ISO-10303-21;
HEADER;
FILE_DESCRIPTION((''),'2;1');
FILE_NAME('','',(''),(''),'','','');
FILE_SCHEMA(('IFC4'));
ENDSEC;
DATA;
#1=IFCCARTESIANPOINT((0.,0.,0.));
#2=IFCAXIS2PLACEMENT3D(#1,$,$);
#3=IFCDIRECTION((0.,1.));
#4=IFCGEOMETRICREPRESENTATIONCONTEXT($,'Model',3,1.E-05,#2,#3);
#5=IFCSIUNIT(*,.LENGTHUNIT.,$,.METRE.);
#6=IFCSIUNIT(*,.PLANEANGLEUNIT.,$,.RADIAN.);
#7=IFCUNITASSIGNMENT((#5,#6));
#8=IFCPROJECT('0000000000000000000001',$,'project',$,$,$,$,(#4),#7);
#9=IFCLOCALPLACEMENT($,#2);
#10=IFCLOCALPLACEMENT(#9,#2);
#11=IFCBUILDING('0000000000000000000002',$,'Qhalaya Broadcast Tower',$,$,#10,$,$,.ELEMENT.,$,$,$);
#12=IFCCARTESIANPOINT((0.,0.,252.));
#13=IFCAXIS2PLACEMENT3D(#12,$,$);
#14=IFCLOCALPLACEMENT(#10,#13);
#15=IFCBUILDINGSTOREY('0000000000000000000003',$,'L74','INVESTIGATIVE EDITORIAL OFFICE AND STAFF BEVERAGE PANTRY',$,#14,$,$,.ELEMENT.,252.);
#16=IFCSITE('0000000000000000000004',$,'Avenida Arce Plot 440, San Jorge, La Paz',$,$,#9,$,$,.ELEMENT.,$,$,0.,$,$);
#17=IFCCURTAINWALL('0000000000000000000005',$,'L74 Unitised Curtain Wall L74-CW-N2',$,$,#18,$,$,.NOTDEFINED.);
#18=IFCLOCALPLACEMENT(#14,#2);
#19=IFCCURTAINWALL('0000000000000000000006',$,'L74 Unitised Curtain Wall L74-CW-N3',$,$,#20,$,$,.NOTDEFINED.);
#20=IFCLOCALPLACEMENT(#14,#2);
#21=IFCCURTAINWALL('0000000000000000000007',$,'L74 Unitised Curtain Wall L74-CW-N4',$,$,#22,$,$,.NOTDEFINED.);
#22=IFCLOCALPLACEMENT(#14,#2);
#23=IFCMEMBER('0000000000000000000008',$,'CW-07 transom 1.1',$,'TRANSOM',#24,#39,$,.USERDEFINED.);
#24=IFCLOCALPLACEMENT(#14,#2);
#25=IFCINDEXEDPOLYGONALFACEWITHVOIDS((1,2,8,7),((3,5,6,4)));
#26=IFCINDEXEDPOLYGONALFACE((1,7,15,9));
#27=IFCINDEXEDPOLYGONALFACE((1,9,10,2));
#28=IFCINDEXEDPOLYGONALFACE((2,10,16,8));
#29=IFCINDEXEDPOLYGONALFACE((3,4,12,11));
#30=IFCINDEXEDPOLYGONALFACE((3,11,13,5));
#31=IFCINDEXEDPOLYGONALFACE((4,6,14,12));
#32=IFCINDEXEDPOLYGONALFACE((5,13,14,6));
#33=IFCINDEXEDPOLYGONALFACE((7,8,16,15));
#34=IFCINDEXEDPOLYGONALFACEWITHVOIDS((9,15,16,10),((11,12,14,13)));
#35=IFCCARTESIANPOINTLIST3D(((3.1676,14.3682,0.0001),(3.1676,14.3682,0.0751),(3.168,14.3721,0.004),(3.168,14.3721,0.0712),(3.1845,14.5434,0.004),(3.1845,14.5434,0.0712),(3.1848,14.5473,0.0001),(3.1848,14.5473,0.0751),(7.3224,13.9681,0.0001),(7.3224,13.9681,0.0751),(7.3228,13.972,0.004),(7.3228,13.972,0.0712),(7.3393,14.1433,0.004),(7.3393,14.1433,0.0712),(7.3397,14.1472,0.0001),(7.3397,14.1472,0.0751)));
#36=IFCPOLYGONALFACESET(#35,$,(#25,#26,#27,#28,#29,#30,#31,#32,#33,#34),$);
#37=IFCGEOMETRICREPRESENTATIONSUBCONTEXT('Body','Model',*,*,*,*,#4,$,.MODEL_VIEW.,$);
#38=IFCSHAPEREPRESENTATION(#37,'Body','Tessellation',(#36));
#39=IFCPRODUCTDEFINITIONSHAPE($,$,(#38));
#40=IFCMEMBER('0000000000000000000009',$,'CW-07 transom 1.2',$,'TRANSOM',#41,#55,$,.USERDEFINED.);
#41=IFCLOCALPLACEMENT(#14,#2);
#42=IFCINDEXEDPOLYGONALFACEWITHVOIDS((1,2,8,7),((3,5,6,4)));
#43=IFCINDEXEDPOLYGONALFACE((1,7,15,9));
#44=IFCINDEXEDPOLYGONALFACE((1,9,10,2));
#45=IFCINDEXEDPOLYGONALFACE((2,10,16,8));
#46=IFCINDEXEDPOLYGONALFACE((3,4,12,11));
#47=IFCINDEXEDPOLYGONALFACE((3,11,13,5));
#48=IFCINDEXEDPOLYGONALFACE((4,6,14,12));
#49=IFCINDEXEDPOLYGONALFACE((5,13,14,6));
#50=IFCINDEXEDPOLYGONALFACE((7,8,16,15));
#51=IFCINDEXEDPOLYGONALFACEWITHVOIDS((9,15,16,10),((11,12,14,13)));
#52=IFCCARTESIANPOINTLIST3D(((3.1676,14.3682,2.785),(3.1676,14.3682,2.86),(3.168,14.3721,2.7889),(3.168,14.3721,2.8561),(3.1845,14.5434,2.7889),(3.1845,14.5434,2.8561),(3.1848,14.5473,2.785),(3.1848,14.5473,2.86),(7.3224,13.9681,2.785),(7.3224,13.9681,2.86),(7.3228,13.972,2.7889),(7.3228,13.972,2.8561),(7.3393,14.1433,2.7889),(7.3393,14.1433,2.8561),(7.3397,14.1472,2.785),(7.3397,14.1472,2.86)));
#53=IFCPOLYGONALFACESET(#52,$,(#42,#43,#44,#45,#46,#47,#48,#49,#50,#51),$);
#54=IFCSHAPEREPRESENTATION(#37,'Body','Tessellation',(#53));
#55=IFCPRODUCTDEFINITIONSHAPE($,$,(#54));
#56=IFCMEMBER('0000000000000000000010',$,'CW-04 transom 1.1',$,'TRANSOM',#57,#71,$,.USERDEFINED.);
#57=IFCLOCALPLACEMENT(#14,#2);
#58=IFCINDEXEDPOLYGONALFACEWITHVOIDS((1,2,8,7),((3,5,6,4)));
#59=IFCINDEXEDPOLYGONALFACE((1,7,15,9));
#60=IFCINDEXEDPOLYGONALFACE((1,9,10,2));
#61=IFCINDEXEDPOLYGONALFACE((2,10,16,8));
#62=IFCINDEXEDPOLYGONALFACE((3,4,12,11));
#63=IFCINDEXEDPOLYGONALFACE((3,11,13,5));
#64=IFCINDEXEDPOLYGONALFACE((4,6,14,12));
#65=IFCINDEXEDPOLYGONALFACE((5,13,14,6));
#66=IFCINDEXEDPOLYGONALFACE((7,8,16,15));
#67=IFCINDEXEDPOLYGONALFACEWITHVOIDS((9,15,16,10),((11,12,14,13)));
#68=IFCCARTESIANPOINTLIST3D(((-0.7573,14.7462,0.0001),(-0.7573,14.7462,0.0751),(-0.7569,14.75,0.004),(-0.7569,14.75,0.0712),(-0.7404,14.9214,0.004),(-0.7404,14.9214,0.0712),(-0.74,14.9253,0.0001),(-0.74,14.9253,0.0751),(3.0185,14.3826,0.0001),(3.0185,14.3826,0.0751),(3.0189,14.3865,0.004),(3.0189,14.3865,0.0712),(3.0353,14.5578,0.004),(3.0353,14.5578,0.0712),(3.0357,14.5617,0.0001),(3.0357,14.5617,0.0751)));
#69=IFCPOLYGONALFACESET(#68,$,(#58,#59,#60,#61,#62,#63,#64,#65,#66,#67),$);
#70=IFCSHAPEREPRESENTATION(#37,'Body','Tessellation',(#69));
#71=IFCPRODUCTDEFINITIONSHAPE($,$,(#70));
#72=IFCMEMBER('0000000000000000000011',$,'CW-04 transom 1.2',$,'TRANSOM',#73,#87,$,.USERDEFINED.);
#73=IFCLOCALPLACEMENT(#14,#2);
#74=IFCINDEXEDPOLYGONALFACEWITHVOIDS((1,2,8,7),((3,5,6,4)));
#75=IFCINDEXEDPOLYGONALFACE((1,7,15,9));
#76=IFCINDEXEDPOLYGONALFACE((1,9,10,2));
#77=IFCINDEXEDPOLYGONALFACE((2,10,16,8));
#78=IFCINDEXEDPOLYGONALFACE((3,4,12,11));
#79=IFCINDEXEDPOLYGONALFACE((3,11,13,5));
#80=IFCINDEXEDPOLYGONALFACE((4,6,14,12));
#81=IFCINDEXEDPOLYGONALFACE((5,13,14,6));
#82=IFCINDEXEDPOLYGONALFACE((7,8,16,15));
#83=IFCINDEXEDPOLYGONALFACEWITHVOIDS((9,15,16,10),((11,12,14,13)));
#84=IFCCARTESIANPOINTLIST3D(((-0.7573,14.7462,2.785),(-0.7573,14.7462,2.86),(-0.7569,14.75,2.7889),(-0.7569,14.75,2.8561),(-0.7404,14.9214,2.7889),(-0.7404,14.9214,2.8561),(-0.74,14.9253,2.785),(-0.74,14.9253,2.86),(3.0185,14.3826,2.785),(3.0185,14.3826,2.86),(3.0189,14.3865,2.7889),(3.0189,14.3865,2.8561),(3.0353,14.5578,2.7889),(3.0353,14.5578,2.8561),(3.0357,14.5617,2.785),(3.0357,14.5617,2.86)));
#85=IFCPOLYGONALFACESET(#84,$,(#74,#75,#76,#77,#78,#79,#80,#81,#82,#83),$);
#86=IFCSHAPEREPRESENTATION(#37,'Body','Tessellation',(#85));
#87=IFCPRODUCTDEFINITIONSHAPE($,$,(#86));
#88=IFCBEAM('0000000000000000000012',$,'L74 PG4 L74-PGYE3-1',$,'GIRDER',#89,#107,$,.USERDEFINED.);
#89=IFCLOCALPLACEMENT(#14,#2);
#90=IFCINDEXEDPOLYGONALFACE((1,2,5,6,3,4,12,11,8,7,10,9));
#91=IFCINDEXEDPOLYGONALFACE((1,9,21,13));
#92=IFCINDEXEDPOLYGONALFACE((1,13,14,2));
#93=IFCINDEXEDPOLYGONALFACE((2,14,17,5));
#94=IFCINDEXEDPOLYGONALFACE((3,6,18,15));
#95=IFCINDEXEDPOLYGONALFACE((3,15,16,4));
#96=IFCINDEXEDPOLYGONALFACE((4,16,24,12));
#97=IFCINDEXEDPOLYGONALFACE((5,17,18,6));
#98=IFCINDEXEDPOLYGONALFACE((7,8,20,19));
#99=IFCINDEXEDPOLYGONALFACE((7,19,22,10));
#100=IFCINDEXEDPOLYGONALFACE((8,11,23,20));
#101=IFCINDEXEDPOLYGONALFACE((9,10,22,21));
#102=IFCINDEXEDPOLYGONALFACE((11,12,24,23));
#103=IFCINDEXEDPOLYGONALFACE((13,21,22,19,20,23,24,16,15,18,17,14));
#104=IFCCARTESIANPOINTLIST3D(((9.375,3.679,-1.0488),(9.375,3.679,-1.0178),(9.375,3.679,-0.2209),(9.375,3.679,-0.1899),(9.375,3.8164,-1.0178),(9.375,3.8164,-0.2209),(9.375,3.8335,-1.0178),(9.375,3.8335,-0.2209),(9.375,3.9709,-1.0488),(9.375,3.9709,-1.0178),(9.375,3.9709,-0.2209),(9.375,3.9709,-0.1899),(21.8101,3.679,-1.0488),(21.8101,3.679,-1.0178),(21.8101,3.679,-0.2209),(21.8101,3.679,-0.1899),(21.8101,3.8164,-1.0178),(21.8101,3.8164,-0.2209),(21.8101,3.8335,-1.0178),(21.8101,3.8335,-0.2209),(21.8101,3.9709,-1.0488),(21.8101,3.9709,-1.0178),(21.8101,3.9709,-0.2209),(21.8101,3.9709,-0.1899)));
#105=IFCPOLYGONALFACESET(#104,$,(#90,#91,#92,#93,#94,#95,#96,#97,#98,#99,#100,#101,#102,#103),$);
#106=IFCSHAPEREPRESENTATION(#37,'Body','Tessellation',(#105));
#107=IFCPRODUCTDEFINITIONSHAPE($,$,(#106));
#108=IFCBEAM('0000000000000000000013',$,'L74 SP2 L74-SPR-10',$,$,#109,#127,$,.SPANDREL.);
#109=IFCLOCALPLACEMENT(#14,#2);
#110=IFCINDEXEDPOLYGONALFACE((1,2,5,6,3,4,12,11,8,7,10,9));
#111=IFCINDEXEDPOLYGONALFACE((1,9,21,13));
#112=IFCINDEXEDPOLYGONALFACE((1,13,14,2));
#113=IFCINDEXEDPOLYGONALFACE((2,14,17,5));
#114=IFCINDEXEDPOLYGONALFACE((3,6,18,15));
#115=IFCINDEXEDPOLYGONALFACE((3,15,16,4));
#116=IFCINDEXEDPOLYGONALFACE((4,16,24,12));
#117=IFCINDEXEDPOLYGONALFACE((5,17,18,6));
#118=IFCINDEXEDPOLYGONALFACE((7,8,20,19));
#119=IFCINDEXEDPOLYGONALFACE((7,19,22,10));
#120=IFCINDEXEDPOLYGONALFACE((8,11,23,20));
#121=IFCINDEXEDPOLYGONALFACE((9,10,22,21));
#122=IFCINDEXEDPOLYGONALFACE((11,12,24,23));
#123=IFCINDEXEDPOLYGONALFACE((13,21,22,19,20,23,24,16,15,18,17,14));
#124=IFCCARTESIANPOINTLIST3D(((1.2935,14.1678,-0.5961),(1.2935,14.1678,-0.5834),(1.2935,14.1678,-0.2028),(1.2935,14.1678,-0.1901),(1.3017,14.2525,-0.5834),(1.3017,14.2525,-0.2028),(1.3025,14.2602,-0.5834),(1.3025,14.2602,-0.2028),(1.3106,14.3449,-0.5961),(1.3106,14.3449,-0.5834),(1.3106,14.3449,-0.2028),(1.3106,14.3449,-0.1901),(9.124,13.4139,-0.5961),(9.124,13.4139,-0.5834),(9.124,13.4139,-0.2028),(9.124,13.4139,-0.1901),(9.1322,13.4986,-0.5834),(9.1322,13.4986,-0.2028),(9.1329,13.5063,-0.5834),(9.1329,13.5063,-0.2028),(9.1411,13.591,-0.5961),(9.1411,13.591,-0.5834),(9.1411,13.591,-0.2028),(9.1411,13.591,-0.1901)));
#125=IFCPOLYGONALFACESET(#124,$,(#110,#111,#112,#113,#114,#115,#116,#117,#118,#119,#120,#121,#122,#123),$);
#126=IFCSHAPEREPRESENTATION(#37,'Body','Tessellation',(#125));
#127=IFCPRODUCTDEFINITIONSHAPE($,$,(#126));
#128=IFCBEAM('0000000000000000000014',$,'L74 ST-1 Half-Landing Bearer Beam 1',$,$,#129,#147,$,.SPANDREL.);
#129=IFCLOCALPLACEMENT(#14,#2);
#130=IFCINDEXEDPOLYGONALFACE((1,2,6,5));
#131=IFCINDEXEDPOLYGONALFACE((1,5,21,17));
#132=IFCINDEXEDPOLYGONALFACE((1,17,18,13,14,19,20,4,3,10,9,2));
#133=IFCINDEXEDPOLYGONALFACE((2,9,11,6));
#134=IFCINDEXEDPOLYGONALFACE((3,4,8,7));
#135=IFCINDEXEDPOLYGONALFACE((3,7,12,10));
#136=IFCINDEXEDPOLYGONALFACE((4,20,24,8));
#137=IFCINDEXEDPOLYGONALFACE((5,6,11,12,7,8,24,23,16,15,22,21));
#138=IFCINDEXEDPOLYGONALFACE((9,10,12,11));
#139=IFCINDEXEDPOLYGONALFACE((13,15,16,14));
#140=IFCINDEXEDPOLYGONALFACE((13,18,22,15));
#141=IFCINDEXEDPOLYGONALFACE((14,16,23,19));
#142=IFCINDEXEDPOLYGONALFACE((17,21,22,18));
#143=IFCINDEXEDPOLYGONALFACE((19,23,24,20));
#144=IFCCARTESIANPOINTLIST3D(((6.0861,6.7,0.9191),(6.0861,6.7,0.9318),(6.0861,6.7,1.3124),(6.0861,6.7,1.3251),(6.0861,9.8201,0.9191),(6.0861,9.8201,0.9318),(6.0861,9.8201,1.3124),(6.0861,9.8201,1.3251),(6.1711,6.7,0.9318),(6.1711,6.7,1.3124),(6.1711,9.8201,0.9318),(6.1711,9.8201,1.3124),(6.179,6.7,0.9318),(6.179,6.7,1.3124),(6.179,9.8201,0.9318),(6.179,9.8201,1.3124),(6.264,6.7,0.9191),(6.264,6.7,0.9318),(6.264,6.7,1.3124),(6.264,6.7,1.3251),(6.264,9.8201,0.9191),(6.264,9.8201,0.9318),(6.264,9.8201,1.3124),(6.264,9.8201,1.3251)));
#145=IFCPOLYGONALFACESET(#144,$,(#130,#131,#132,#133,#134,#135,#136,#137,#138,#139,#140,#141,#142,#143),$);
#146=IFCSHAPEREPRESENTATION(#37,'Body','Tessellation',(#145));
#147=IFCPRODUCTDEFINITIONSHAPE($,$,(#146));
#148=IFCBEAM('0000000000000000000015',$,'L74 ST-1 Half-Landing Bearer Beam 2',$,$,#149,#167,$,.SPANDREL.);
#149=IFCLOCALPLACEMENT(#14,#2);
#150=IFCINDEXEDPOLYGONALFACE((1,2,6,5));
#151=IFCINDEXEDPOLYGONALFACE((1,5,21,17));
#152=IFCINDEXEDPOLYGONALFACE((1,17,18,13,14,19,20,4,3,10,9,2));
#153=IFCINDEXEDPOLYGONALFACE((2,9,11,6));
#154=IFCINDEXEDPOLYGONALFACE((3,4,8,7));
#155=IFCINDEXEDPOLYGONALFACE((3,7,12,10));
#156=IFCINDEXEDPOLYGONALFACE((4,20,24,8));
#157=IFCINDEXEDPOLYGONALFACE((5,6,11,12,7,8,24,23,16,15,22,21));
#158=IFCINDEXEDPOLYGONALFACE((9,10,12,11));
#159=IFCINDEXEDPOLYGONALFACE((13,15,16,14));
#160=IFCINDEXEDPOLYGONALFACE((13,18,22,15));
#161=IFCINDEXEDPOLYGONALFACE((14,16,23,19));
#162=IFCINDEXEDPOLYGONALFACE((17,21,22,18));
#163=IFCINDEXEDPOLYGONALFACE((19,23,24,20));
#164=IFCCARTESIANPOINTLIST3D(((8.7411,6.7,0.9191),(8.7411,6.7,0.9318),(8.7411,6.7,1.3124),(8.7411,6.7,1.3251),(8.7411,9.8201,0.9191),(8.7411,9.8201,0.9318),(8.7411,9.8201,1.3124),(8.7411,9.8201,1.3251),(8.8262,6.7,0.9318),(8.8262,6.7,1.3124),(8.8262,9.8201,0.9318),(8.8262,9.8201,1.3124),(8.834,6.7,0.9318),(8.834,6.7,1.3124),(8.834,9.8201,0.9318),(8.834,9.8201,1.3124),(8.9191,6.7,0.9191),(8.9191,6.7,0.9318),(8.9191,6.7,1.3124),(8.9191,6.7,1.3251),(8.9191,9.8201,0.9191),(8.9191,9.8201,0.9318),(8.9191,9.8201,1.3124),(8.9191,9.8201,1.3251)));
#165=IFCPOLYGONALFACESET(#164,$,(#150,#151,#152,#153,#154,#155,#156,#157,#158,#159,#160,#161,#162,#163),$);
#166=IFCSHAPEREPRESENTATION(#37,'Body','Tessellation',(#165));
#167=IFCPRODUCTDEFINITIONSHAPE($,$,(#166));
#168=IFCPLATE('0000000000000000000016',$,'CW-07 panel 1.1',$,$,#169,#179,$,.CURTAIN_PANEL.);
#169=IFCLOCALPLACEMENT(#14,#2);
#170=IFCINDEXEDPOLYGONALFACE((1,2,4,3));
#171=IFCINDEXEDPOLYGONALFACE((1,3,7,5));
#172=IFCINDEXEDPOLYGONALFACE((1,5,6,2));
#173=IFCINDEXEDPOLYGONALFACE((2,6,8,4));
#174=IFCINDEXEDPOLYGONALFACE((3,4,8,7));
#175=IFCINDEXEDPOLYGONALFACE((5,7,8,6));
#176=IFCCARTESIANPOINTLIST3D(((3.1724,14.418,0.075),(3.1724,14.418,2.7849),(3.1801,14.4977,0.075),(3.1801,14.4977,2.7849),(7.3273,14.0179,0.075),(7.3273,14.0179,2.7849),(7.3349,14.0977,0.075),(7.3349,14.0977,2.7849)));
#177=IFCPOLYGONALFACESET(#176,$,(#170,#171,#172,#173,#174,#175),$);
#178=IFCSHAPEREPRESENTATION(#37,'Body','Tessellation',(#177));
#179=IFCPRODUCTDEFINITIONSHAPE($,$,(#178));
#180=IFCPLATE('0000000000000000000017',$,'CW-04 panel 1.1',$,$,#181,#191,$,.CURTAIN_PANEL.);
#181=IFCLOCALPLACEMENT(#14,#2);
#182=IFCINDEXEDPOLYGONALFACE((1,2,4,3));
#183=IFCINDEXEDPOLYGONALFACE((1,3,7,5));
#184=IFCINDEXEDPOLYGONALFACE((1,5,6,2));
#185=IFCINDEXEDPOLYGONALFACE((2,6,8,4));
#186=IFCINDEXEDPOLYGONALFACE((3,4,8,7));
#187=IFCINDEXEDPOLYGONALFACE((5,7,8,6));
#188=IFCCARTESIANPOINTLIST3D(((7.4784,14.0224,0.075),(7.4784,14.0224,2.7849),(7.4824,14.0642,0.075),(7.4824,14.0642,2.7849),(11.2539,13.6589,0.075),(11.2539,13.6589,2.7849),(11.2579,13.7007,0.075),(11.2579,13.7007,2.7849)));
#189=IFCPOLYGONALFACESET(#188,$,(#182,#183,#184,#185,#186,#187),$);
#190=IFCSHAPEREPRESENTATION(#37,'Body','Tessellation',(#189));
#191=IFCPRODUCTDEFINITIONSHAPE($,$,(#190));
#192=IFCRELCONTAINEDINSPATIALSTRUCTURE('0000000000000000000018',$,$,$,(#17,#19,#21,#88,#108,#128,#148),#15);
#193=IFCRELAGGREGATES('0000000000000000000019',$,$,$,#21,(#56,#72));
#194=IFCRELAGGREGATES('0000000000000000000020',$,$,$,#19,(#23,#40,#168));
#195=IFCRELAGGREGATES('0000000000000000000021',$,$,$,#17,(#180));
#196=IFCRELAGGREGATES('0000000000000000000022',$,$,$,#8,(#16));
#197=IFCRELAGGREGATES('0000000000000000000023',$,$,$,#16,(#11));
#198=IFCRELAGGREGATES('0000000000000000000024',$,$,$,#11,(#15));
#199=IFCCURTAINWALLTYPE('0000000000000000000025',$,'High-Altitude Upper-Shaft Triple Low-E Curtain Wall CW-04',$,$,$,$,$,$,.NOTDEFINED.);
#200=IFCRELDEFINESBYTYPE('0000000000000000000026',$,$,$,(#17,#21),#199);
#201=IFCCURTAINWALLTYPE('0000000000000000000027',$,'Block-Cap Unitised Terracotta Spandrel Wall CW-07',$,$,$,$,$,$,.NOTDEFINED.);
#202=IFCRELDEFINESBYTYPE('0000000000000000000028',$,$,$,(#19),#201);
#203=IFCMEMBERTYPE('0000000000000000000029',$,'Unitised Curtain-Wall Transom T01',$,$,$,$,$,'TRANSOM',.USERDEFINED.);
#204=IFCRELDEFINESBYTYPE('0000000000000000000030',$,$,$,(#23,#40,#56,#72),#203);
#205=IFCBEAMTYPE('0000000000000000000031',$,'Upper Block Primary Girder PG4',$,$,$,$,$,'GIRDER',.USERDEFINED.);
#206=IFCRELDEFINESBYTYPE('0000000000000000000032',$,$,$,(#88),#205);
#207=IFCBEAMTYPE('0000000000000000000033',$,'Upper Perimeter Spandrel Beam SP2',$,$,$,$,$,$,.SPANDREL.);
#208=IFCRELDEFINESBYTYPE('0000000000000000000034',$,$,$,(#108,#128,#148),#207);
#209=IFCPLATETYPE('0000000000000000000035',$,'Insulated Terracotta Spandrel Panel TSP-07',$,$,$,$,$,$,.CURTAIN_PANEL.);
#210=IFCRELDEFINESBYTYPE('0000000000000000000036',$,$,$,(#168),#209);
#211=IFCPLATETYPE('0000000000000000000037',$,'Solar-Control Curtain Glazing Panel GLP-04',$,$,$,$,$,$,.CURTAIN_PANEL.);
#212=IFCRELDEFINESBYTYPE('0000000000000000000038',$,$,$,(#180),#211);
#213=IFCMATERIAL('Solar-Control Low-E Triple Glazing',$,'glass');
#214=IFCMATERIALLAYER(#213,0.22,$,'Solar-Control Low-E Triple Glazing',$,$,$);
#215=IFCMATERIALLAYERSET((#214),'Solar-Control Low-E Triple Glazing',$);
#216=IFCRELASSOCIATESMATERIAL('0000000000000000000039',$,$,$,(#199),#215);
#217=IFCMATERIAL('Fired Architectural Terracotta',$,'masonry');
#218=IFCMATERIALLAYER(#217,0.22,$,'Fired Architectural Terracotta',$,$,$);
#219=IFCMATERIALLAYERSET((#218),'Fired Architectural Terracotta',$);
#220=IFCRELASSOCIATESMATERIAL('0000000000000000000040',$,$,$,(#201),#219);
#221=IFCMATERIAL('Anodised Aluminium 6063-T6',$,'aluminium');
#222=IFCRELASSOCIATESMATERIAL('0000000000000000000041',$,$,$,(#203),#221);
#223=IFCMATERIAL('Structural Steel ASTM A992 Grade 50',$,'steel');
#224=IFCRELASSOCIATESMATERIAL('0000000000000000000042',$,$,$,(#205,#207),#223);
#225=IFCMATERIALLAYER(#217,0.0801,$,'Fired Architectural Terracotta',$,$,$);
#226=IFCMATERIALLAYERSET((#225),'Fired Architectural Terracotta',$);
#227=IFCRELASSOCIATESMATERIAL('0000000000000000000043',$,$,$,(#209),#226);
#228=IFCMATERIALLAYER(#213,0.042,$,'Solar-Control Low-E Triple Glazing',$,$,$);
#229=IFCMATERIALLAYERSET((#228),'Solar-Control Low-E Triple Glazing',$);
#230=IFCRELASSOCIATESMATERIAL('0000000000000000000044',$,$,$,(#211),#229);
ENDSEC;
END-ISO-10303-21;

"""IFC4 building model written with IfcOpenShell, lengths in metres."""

from ifc_helpers import new_model, si_unit, direction, frame, origin, origin_2d, place, context, subcontext, project, spatial, rectangle, hollow_rectangle, i_section, extrude, material, layer, layer_set, material_profile, profile_set, type_object, element, aggregate, save


model = new_model("IFC4")

# Units and contexts
model_context = context("Model", 3, precision=1e-05, world=origin(), true_north=direction((0.0, 1.0)))
body_context = subcontext(model_context, "Body", "Model", "MODEL_VIEW")
ifc_project = project(units=[si_unit("LENGTHUNIT", "METRE"), si_unit("PLANEANGLEUNIT", "RADIAN")], contexts=[model_context])

# Site, building, storey
site_placement = place(None, origin())
site = spatial("IfcSite", under=ifc_project, at=site_placement, Name="Avenida Arce Plot 440, San Jorge, La Paz", CompositionType="ELEMENT", RefElevation=0.0)
building_placement = place(site_placement, origin())
building = spatial("IfcBuilding", under=site, at=building_placement, Name="Qhalaya Broadcast Tower", CompositionType="ELEMENT")
storey_placement = place(building_placement, frame((0.0, 0.0, 252.0)))
storey = spatial("IfcBuildingStorey", under=building, at=storey_placement, Name="L74", Description="INVESTIGATIVE EDITORIAL OFFICE AND STAFF BEVERAGE PANTRY", CompositionType="ELEMENT", Elevation=252.0)

# Shared definitions
ifc_material_1 = material(Name="Structural Steel ASTM A992 Grade 50", Category="steel")

# Curtain wall
ifc_material_2 = material(Name="Solar-Control Low-E Triple Glazing", Category="glass")
ifc_layer_1 = layer(ifc_material_2, 0.22, Name="Solar-Control Low-E Triple Glazing")
ifc_layer_set_1 = layer_set([ifc_layer_1], Name="Solar-Control Low-E Triple Glazing")
curtain_wall_type_1 = type_object("IfcCurtainWallType", Name="High-Altitude Upper-Shaft Triple Low-E Curtain Wall CW-04", PredefinedType="NOTDEFINED", material=ifc_layer_set_1)
curtain_wall_1_placement = place(storey_placement, origin())
curtain_wall_1 = element("IfcCurtainWall", 1, at=curtain_wall_1_placement, inside=storey, type_object=curtain_wall_type_1, Name="L74 Unitised Curtain Wall L74-CW-N2", PredefinedType="NOTDEFINED")
ifc_material_3 = material(Name="Anodised Aluminium 6063-T6", Category="aluminium")

# Curtain wall
ifc_material_4 = material(Name="Fired Architectural Terracotta", Category="masonry")
ifc_layer_2 = layer(ifc_material_4, 0.22, Name="Fired Architectural Terracotta")
ifc_layer_set_2 = layer_set([ifc_layer_2], Name="Fired Architectural Terracotta")
curtain_wall_type_2 = type_object("IfcCurtainWallType", Name="Block-Cap Unitised Terracotta Spandrel Wall CW-07", PredefinedType="NOTDEFINED", material=ifc_layer_set_2)
curtain_wall_2_placement = place(storey_placement, origin())
curtain_wall_2 = element("IfcCurtainWall", 2, at=curtain_wall_2_placement, inside=storey, type_object=curtain_wall_type_2, Name="L74 Unitised Curtain Wall L74-CW-N3", PredefinedType="NOTDEFINED")

# Curtain wall
curtain_wall_3_placement = place(storey_placement, origin())
curtain_wall_3 = element("IfcCurtainWall", 3, at=curtain_wall_3_placement, inside=storey, type_object=curtain_wall_type_1, Name="L74 Unitised Curtain Wall L74-CW-N4", PredefinedType="NOTDEFINED")

# Members
ifc_material_profile_1 = material_profile(ifc_material_3, hollow_rectangle(XDim=0.075, YDim=0.1799, WallThickness=0.0039, at=origin_2d()), Name="ALU-TRN 75x180x4")
ifc_profile_set_1 = profile_set([ifc_material_profile_1], Name="Anodised Aluminium 6063-T6")
member_type_1 = type_object("IfcMemberType", Name="Unitised Curtain-Wall Transom T01", ElementType="TRANSOM", PredefinedType="USERDEFINED", material=ifc_profile_set_1)
member_1_placement = place(storey_placement, frame((7.3311, 14.0576, 0.0376), z_axis=(-0.995394, 0.095866, 0.0), x_axis=(0.0, 0.0, 1.0)))
member_1 = element("IfcMember", 4, at=member_1_placement, type_object=member_type_1, Name="CW-07 transom 1.1", ObjectType="TRANSOM", PredefinedType="USERDEFINED", context=body_context, shape_type="SweptSolid", body=[
    extrude(hollow_rectangle(XDim=0.075, YDim=0.1799, WallThickness=0.0039, at=origin_2d()), origin(), (0.0, 0.0, 1.0), 4.1741),
])
member_2_placement = place(storey_placement, frame((7.3311, 14.0576, 2.8225), z_axis=(-0.995394, 0.095866, 0.0), x_axis=(0.0, 0.0, 1.0)))
member_2 = element("IfcMember", 5, at=member_2_placement, type_object=member_type_1, Name="CW-07 transom 1.2", ObjectType="TRANSOM", PredefinedType="USERDEFINED", context=body_context, shape_type="SweptSolid", body=[
    extrude(hollow_rectangle(XDim=0.075, YDim=0.1799, WallThickness=0.0039, at=origin_2d()), origin(), (0.0, 0.0, 1.0), 4.1741),
])
member_3_placement = place(storey_placement, frame((3.0271, 14.4722, 0.0376), z_axis=(-0.995397, 0.095839, 0.0), x_axis=(0.0, 0.0, 1.0)))
member_3 = element("IfcMember", 6, at=member_3_placement, type_object=member_type_1, Name="CW-04 transom 1.1", ObjectType="TRANSOM", PredefinedType="USERDEFINED", context=body_context, shape_type="SweptSolid", body=[
    extrude(hollow_rectangle(XDim=0.075, YDim=0.1799, WallThickness=0.0039, at=origin_2d()), origin(), (0.0, 0.0, 1.0), 3.7932),
])
member_4_placement = place(storey_placement, frame((3.0271, 14.4722, 2.8225), z_axis=(-0.995397, 0.095839, 0.0), x_axis=(0.0, 0.0, 1.0)))
member_4 = element("IfcMember", 7, at=member_4_placement, type_object=member_type_1, Name="CW-04 transom 1.2", ObjectType="TRANSOM", PredefinedType="USERDEFINED", context=body_context, shape_type="SweptSolid", body=[
    extrude(hollow_rectangle(XDim=0.075, YDim=0.1799, WallThickness=0.0039, at=origin_2d()), origin(), (0.0, 0.0, 1.0), 3.7932),
])
aggregate(curtain_wall_3, [member_3, member_4])

# Beams
ifc_material_profile_2 = material_profile(ifc_material_1, i_section(OverallWidth=0.292, OverallDepth=0.8589, WebThickness=0.0171, FlangeThickness=0.031, at=origin_2d()), Name="W33X169")
ifc_profile_set_2 = profile_set([ifc_material_profile_2], Name="Structural Steel ASTM A992 Grade 50")
beam_type_1 = type_object("IfcBeamType", Name="Upper Block Primary Girder PG4", ElementType="GIRDER", PredefinedType="USERDEFINED", material=ifc_profile_set_2)
beam_1_placement = place(storey_placement, frame((9.375, 3.825, -0.6194), z_axis=(1.0, 0.0, 0.0), x_axis=(0.0, 1.0, 0.0)))
element("IfcBeam", 8, at=beam_1_placement, inside=storey, type_object=beam_type_1, Name="L74 PG4 L74-PGYE3-1", ObjectType="GIRDER", PredefinedType="USERDEFINED", context=body_context, shape_type="SweptSolid", body=[
    extrude(i_section(OverallWidth=0.292, OverallDepth=0.8589, WebThickness=0.0171, FlangeThickness=0.031, at=origin_2d()), origin(), (0.0, 0.0, 1.0), 12.4351),
])
ifc_material_profile_3 = material_profile(ifc_material_1, i_section(OverallWidth=0.178, OverallDepth=0.406, WebThickness=0.0078, FlangeThickness=0.0127, at=origin_2d()), Name="W16X40")
ifc_profile_set_3 = profile_set([ifc_material_profile_3], Name="Structural Steel ASTM A992 Grade 50")
beam_type_2 = type_object("IfcBeamType", Name="Upper Perimeter Spandrel Beam SP2", PredefinedType="SPANDREL", material=ifc_profile_set_3)
beam_2_placement = place(storey_placement, frame((9.1326, 13.5024, -0.3931), z_axis=(-0.995397, 0.095834, 0.0), x_axis=(-0.095834, -0.995397, 0.0)))
element("IfcBeam", 9, at=beam_2_placement, inside=storey, type_object=beam_type_2, Name="L74 SP2 L74-SPR-10", PredefinedType="SPANDREL", context=body_context, shape_type="SweptSolid", body=[
    extrude(i_section(OverallWidth=0.178, OverallDepth=0.406, WebThickness=0.0078, FlangeThickness=0.0127, at=origin_2d()), origin(), (0.0, 0.0, 1.0), 7.8667),
])
for number, where, z_axis, x_axis, name in (
    (10, (6.175, 6.7, 1.1221), (0.0, 1.0, 0.0), (-1.0, 0.0, 0.0), "L74 ST-1 Half-Landing Bearer Beam 1"),
    (11, (8.8301, 6.7, 1.1221), (0.0, 1.0, 0.0), (-1.0, 0.0, 0.0), "L74 ST-1 Half-Landing Bearer Beam 2"),
):
    element("IfcBeam", number, at=place(storey_placement, frame(where, z_axis=z_axis, x_axis=x_axis)), inside=storey, type_object=beam_type_2, Name=name, PredefinedType="SPANDREL", context=body_context, shape_type="SweptSolid", body=[
        extrude(i_section(OverallWidth=0.178, OverallDepth=0.406, WebThickness=0.0078, FlangeThickness=0.0127, at=origin_2d()), origin(), (0.0, 0.0, 1.0), 3.1201),
    ])

# Plates
ifc_layer_3 = layer(ifc_material_4, 0.0801, Name="Fired Architectural Terracotta")
ifc_layer_set_3 = layer_set([ifc_layer_3], Name="Fired Architectural Terracotta")
plate_type_1 = type_object("IfcPlateType", Name="Insulated Terracotta Spandrel Panel TSP-07", PredefinedType="CURTAIN_PANEL", material=ifc_layer_set_3)
plate_1_placement = place(storey_placement, frame((5.2537, 14.2578, 0.075), z_axis=(0.0, 0.0, 1.0), x_axis=(-0.995397, 0.095837, 0.0)))
plate_1 = element("IfcPlate", 12, at=plate_1_placement, type_object=plate_type_1, Name="CW-07 panel 1.1", PredefinedType="CURTAIN_PANEL", context=body_context, shape_type="SweptSolid", body=[
    extrude(rectangle(XDim=4.1741, YDim=0.0801, at=origin_2d()), origin(), (0.0, 0.0, 1.0), 2.71),
])
aggregate(curtain_wall_2, [member_1, member_2, plate_1])
ifc_layer_4 = layer(ifc_material_2, 0.042, Name="Solar-Control Low-E Triple Glazing")
ifc_layer_set_4 = layer_set([ifc_layer_4], Name="Solar-Control Low-E Triple Glazing")
plate_type_2 = type_object("IfcPlateType", Name="Solar-Control Curtain Glazing Panel GLP-04", PredefinedType="CURTAIN_PANEL", material=ifc_layer_set_4)
plate_2_placement = place(storey_placement, frame((9.3682, 13.8616, 0.075), z_axis=(0.0, 0.0, 1.0), x_axis=(-0.995397, 0.095842, 0.0)))
plate_2 = element("IfcPlate", 13, at=plate_2_placement, type_object=plate_type_2, Name="CW-04 panel 1.1", PredefinedType="CURTAIN_PANEL", context=body_context, shape_type="SweptSolid", body=[
    extrude(rectangle(XDim=3.793, YDim=0.042, at=origin_2d()), origin(), (0.0, 0.0, 1.0), 2.71),
])
aggregate(curtain_wall_1, [plate_2])

save(model, "model.ifc")
